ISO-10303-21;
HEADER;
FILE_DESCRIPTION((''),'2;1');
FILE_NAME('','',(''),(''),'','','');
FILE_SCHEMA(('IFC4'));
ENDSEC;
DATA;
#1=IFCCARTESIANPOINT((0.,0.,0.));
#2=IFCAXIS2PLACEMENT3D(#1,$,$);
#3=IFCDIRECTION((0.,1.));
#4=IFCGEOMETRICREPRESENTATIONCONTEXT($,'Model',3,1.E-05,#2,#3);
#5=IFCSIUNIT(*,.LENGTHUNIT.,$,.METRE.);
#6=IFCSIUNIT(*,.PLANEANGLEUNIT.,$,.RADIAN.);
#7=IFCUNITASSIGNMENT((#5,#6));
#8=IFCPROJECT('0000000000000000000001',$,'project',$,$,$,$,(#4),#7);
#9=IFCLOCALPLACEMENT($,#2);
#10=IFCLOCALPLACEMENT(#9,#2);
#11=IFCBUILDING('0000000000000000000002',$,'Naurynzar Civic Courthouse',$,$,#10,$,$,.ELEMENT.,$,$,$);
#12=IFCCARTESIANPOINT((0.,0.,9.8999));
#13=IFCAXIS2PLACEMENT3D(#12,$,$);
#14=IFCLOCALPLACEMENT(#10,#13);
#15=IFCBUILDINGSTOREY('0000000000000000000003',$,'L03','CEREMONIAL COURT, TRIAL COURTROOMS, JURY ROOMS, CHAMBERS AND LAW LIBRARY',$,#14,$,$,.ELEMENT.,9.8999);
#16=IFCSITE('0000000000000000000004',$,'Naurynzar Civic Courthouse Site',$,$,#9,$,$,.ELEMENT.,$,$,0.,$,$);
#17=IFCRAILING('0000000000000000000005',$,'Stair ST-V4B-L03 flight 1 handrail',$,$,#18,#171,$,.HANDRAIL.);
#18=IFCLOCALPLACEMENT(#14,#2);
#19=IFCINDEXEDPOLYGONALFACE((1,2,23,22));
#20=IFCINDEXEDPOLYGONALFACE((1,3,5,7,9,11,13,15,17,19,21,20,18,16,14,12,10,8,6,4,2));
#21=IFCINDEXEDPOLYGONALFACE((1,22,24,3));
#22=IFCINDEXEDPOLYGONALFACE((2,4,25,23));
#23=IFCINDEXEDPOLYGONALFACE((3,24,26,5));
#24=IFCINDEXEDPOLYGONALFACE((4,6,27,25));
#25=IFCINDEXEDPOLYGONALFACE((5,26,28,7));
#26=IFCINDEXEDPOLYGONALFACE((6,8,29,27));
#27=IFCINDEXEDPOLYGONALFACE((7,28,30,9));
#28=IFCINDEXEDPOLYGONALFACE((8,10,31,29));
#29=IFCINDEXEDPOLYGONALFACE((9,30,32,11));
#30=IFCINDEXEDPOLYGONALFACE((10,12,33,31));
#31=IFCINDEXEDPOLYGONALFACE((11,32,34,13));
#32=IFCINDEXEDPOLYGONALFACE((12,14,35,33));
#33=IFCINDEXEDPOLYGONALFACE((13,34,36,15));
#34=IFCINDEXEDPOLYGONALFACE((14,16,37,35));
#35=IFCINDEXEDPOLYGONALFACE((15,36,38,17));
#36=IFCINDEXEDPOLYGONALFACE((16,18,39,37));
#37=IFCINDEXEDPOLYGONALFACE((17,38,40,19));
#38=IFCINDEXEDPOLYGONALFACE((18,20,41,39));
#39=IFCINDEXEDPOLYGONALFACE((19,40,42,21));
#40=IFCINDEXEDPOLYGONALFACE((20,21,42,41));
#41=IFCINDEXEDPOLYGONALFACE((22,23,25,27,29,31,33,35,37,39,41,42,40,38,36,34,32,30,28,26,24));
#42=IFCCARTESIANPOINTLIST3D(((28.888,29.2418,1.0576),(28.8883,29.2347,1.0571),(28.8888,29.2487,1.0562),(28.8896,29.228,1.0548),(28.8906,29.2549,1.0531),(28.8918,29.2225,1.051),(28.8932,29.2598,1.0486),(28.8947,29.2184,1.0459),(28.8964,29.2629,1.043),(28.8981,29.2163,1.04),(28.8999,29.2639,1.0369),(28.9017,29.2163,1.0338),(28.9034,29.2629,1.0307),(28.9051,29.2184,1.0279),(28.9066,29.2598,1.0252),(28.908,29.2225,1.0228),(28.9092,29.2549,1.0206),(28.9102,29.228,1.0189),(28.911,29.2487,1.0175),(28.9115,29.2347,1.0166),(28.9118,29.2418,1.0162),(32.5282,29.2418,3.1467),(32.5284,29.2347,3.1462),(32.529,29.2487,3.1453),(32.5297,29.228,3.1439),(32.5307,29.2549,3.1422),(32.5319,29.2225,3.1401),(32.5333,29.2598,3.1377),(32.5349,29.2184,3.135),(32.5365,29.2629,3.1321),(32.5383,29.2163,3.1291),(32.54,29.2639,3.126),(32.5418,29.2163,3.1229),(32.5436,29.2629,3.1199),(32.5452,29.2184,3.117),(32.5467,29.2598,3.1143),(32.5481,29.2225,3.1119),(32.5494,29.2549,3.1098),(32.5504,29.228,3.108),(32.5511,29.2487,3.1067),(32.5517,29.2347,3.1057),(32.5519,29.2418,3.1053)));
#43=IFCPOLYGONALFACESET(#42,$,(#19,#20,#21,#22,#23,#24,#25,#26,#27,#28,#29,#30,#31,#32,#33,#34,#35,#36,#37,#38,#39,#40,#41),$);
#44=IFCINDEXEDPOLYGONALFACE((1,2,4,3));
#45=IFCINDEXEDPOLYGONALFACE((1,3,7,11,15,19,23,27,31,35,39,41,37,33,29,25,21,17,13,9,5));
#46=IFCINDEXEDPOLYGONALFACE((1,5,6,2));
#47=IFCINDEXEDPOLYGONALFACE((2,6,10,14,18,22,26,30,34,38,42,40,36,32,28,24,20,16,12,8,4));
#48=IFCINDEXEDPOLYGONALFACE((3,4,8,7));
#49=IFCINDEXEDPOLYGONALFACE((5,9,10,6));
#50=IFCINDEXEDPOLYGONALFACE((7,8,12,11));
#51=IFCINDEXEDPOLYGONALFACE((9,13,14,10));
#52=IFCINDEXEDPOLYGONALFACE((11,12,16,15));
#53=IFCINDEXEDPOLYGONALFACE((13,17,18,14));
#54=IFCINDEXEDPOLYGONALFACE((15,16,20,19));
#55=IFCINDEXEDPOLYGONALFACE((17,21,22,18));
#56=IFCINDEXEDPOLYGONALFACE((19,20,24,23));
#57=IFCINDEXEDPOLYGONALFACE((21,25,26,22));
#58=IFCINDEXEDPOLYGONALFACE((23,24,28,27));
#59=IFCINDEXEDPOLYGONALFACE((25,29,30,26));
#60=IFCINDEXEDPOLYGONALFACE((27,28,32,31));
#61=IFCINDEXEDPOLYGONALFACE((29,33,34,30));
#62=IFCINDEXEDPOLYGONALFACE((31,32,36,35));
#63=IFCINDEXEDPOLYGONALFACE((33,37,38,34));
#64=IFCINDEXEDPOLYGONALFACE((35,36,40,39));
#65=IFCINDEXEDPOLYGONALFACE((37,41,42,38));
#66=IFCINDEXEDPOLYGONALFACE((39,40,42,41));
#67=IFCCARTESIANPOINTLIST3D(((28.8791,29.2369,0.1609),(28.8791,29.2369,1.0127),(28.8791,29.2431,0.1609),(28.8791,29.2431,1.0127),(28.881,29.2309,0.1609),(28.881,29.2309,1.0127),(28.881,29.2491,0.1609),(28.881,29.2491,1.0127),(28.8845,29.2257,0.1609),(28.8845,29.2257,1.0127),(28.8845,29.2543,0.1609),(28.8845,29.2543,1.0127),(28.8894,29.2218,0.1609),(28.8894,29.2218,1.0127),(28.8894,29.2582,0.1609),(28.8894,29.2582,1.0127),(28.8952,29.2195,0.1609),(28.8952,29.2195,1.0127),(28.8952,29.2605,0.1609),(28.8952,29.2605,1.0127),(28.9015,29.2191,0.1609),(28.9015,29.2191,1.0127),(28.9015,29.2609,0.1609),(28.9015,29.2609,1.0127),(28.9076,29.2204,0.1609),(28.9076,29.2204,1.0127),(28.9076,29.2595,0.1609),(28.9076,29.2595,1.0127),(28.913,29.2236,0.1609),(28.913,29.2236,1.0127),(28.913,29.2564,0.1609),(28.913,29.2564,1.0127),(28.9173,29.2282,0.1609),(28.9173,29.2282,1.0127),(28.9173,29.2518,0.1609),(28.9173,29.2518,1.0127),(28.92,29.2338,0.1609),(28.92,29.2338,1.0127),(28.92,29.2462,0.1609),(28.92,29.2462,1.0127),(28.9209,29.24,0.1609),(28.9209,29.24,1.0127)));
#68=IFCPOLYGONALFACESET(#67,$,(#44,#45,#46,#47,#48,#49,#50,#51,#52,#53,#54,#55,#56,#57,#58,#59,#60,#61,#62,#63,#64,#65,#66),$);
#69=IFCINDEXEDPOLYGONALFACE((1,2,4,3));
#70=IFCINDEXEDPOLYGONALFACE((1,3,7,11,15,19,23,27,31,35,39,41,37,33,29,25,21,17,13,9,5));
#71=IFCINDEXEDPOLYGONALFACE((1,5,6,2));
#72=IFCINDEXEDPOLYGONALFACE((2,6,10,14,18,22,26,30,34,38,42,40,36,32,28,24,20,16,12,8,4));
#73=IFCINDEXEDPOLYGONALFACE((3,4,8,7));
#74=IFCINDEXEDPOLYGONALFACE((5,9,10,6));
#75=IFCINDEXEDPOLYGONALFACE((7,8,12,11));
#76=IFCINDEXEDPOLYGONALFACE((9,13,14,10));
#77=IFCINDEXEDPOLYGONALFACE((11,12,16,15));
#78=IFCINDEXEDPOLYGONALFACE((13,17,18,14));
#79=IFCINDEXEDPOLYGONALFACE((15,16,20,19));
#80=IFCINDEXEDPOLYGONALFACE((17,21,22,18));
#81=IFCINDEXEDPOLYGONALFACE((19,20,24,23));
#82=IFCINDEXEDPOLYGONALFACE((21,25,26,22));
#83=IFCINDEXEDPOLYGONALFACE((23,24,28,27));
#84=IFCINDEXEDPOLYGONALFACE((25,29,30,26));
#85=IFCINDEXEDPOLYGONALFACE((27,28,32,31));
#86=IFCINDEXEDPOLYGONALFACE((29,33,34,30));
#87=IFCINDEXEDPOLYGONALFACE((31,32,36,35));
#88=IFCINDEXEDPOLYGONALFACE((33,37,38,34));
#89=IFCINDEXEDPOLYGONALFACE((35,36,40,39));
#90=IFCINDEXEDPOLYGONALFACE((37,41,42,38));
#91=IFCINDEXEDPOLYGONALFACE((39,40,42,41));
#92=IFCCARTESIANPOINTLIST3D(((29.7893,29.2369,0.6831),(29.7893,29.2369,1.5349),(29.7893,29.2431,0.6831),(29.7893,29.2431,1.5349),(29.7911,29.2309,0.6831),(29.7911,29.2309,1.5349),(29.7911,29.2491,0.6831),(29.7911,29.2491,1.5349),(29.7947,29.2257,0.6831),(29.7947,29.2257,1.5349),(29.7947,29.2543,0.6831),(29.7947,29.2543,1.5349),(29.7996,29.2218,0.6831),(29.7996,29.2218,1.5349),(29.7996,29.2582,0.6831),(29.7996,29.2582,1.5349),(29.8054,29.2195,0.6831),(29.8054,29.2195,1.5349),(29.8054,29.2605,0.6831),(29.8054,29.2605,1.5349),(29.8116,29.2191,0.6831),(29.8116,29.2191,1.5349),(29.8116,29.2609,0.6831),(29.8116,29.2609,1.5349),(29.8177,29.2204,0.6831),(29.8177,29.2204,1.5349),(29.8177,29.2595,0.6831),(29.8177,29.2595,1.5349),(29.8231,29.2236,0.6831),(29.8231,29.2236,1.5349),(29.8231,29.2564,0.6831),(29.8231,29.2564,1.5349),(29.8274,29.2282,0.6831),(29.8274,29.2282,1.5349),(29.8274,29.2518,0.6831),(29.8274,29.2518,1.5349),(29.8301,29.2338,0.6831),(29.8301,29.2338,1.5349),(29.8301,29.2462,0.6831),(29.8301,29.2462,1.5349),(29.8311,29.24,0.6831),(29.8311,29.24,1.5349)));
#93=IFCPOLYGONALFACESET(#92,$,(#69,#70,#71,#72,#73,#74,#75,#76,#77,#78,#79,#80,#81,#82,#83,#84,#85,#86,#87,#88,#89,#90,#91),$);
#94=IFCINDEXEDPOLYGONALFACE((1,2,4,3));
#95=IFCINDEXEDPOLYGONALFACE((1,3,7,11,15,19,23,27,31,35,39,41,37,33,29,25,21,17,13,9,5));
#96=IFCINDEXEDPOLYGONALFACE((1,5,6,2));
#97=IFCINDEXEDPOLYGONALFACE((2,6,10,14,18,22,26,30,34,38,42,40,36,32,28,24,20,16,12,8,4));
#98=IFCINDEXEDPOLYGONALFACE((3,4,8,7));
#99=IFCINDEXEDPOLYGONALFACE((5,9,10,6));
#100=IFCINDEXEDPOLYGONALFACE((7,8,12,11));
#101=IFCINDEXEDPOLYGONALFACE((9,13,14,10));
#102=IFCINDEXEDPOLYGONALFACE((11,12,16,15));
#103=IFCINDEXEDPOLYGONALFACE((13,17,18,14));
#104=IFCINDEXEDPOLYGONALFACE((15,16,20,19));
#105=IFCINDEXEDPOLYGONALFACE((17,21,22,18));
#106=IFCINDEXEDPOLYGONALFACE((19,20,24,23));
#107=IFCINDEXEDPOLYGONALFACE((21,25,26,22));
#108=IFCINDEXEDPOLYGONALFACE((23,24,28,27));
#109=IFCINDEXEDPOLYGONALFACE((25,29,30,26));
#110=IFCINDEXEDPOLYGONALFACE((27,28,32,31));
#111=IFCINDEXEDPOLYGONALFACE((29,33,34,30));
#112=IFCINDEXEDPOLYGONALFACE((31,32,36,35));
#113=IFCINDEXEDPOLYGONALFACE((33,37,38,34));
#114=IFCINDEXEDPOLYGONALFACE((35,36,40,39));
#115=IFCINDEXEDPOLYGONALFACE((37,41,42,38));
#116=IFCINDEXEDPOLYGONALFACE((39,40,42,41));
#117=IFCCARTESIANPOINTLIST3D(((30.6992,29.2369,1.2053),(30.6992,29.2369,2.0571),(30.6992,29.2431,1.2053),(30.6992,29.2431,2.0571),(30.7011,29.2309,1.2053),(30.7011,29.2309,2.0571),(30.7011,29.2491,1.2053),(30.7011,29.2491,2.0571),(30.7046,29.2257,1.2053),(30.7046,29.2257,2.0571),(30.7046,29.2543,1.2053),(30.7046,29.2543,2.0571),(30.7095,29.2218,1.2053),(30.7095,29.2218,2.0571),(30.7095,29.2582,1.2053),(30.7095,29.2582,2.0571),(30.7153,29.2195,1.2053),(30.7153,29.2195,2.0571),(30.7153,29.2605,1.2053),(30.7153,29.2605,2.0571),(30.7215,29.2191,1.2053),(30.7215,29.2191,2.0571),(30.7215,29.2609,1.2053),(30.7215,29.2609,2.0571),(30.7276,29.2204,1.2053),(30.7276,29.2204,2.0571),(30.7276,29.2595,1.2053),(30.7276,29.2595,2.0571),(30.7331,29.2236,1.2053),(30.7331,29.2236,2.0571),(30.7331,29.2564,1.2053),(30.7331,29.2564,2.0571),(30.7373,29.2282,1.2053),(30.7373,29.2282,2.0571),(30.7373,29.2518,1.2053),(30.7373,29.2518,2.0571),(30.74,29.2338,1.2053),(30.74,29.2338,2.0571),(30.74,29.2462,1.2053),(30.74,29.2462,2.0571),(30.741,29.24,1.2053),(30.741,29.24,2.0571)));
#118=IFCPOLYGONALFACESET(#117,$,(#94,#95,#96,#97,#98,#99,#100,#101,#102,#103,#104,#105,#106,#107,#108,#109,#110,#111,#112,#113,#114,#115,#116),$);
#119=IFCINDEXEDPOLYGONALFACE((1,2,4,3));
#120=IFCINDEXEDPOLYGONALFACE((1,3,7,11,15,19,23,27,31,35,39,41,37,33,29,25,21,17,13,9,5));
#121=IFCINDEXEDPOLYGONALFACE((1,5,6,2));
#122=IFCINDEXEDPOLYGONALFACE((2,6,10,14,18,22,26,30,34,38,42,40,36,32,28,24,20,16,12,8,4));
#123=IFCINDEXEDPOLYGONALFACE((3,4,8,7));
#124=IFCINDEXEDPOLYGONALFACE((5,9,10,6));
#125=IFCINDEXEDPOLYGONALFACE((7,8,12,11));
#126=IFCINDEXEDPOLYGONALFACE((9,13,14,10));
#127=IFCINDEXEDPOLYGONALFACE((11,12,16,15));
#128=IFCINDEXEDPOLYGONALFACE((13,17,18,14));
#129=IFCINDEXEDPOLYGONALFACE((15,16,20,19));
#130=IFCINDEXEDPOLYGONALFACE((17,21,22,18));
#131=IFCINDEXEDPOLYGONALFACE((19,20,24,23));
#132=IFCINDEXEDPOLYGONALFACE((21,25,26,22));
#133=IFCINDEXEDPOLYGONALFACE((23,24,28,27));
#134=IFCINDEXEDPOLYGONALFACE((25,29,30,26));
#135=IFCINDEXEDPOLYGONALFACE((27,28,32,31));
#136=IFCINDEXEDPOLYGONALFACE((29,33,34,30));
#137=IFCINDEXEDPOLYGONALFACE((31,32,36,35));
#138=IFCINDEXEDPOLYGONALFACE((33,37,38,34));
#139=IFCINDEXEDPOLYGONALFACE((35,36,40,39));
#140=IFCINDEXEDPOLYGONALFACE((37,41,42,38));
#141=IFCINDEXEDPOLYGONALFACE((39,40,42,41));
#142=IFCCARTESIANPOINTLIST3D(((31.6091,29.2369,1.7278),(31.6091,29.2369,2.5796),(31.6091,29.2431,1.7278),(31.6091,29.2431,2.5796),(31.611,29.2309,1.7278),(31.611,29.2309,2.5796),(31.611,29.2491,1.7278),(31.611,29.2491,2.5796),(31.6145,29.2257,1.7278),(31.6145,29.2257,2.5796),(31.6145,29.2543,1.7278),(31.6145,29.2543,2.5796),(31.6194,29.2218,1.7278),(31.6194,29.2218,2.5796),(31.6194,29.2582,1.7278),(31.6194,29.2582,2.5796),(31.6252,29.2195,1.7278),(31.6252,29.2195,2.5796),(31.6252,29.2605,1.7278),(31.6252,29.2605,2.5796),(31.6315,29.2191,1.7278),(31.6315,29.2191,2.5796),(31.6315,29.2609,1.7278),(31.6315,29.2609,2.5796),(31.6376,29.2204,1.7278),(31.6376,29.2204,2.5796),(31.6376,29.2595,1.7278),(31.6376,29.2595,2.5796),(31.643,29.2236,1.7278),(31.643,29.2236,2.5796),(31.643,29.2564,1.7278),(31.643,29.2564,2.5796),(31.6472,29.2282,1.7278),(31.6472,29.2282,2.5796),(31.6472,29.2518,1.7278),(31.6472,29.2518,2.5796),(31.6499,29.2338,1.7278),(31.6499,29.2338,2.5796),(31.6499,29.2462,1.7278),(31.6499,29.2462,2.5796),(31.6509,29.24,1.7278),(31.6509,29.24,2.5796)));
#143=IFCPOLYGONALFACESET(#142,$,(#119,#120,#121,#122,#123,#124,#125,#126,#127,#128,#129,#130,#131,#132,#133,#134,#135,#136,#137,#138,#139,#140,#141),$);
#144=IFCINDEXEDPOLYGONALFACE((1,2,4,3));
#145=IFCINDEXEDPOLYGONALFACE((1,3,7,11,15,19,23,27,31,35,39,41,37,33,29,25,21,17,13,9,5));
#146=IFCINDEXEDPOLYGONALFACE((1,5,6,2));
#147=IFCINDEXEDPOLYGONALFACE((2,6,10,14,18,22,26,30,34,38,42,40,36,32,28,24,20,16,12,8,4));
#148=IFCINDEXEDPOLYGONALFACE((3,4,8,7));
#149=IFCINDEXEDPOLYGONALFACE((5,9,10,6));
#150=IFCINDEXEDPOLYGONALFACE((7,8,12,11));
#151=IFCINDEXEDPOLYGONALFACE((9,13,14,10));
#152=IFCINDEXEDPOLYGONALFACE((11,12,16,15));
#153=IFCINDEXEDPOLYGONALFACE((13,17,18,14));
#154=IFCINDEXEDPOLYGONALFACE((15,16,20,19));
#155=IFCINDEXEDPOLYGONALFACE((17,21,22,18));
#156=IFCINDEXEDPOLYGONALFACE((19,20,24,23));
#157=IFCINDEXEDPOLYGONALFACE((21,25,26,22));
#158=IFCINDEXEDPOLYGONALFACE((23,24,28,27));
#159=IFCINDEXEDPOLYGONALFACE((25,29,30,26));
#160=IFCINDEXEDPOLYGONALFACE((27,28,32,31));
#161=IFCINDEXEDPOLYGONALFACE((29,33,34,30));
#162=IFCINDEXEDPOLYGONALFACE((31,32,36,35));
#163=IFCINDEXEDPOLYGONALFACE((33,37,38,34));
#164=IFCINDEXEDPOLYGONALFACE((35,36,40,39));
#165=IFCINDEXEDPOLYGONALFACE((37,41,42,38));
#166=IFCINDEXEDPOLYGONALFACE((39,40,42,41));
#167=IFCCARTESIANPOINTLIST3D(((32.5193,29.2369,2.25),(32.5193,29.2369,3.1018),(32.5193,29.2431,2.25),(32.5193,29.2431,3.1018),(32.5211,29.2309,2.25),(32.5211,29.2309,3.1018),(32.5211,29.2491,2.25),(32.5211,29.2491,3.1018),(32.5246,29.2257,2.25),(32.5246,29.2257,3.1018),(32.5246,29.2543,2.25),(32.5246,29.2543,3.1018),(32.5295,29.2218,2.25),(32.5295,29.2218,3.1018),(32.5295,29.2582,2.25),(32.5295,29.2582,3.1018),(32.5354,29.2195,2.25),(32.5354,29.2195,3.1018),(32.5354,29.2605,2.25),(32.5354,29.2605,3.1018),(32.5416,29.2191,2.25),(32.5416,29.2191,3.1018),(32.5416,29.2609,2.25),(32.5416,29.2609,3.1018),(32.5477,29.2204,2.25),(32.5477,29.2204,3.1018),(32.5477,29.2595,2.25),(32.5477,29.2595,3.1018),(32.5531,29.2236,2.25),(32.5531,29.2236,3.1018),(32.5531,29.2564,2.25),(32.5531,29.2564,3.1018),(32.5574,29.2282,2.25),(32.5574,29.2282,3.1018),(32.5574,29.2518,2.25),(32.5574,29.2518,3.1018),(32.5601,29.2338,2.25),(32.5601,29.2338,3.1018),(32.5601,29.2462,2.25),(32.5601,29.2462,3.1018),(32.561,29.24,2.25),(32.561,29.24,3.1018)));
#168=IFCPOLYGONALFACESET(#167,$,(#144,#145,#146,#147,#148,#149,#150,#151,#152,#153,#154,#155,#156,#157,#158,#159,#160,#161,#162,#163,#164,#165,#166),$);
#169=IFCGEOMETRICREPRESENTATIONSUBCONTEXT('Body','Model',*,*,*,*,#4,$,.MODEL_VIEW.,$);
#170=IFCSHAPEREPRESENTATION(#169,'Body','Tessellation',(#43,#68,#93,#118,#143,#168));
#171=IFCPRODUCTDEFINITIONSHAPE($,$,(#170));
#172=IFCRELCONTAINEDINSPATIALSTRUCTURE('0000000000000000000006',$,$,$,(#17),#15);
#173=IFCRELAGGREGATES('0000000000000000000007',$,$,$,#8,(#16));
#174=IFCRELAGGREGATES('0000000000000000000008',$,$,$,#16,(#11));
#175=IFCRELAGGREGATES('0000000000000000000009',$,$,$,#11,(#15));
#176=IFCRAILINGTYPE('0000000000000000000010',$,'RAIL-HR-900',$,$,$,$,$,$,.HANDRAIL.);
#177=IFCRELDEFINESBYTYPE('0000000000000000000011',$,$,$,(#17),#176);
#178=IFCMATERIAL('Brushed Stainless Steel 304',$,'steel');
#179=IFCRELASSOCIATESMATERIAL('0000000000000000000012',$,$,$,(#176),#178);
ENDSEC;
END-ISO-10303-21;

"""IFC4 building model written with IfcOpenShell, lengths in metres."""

from ifc_helpers import new_model, si_unit, direction, frame, origin, origin_2d, place, context, subcontext, project, spatial, circle, extrude, material, type_object, element, save


model = new_model("IFC4")

# Units and contexts
model_context = context("Model", 3, precision=1e-05, world=origin(), true_north=direction((0.0, 1.0)))
body_context = subcontext(model_context, "Body", "Model", "MODEL_VIEW")
ifc_project = project(units=[si_unit("LENGTHUNIT", "METRE"), si_unit("PLANEANGLEUNIT", "RADIAN")], contexts=[model_context])

# Site, building, storey
site_placement = place(None, origin())
site = spatial("IfcSite", under=ifc_project, at=site_placement, Name="Naurynzar Civic Courthouse Site", CompositionType="ELEMENT", RefElevation=0.0)
building_placement = place(site_placement, origin())
building = spatial("IfcBuilding", under=site, at=building_placement, Name="Naurynzar Civic Courthouse", CompositionType="ELEMENT")
storey_placement = place(building_placement, frame((0.0, 0.0, 9.8999)))
storey = spatial("IfcBuildingStorey", under=building, at=storey_placement, Name="L03", Description="CEREMONIAL COURT, TRIAL COURTROOMS, JURY ROOMS, CHAMBERS AND LAW LIBRARY", CompositionType="ELEMENT", Elevation=9.8999)

# Railing
ifc_material_1 = material(Name="Brushed Stainless Steel 304", Category="steel")
railing_type_1 = type_object("IfcRailingType", Name="RAIL-HR-900", PredefinedType="HANDRAIL", material=ifc_material_1)
railing_1_placement = place(storey_placement, frame((28.8999, 29.24, 0.1609)))
element("IfcRailing", 1, at=railing_1_placement, inside=storey, type_object=railing_type_1, Name="Stair ST-V4B-L03 flight 1 handrail", PredefinedType="HANDRAIL", context=body_context, shape_type="SweptSolid", body=[
    extrude(circle(Radius=0.0239, at=origin_2d()), frame((0.0, 0.0, 0.876), z_axis=(0.867314, 0.0, 0.497761), x_axis=(0.0, 1.0, 0.0)), (0.0, 0.0, 1.0), 4.197),
    extrude(circle(Radius=0.021, at=origin_2d()), origin(), (0.0, 0.0, 1.0), 0.8518),
    extrude(circle(Radius=0.021, at=origin_2d()), frame((0.9102, 0.0, 0.5222)), (0.0, 0.0, 1.0), 0.8518),
    extrude(circle(Radius=0.021, at=origin_2d()), frame((1.8201, 0.0, 1.0444)), (0.0, 0.0, 1.0), 0.8518),
    extrude(circle(Radius=0.021, at=origin_2d()), frame((2.73, 0.0, 1.5669)), (0.0, 0.0, 1.0), 0.8518),
    extrude(circle(Radius=0.021, at=origin_2d()), frame((3.6401, 0.0, 2.0891)), (0.0, 0.0, 1.0), 0.8518),
])

save(model, "model.ifc")
